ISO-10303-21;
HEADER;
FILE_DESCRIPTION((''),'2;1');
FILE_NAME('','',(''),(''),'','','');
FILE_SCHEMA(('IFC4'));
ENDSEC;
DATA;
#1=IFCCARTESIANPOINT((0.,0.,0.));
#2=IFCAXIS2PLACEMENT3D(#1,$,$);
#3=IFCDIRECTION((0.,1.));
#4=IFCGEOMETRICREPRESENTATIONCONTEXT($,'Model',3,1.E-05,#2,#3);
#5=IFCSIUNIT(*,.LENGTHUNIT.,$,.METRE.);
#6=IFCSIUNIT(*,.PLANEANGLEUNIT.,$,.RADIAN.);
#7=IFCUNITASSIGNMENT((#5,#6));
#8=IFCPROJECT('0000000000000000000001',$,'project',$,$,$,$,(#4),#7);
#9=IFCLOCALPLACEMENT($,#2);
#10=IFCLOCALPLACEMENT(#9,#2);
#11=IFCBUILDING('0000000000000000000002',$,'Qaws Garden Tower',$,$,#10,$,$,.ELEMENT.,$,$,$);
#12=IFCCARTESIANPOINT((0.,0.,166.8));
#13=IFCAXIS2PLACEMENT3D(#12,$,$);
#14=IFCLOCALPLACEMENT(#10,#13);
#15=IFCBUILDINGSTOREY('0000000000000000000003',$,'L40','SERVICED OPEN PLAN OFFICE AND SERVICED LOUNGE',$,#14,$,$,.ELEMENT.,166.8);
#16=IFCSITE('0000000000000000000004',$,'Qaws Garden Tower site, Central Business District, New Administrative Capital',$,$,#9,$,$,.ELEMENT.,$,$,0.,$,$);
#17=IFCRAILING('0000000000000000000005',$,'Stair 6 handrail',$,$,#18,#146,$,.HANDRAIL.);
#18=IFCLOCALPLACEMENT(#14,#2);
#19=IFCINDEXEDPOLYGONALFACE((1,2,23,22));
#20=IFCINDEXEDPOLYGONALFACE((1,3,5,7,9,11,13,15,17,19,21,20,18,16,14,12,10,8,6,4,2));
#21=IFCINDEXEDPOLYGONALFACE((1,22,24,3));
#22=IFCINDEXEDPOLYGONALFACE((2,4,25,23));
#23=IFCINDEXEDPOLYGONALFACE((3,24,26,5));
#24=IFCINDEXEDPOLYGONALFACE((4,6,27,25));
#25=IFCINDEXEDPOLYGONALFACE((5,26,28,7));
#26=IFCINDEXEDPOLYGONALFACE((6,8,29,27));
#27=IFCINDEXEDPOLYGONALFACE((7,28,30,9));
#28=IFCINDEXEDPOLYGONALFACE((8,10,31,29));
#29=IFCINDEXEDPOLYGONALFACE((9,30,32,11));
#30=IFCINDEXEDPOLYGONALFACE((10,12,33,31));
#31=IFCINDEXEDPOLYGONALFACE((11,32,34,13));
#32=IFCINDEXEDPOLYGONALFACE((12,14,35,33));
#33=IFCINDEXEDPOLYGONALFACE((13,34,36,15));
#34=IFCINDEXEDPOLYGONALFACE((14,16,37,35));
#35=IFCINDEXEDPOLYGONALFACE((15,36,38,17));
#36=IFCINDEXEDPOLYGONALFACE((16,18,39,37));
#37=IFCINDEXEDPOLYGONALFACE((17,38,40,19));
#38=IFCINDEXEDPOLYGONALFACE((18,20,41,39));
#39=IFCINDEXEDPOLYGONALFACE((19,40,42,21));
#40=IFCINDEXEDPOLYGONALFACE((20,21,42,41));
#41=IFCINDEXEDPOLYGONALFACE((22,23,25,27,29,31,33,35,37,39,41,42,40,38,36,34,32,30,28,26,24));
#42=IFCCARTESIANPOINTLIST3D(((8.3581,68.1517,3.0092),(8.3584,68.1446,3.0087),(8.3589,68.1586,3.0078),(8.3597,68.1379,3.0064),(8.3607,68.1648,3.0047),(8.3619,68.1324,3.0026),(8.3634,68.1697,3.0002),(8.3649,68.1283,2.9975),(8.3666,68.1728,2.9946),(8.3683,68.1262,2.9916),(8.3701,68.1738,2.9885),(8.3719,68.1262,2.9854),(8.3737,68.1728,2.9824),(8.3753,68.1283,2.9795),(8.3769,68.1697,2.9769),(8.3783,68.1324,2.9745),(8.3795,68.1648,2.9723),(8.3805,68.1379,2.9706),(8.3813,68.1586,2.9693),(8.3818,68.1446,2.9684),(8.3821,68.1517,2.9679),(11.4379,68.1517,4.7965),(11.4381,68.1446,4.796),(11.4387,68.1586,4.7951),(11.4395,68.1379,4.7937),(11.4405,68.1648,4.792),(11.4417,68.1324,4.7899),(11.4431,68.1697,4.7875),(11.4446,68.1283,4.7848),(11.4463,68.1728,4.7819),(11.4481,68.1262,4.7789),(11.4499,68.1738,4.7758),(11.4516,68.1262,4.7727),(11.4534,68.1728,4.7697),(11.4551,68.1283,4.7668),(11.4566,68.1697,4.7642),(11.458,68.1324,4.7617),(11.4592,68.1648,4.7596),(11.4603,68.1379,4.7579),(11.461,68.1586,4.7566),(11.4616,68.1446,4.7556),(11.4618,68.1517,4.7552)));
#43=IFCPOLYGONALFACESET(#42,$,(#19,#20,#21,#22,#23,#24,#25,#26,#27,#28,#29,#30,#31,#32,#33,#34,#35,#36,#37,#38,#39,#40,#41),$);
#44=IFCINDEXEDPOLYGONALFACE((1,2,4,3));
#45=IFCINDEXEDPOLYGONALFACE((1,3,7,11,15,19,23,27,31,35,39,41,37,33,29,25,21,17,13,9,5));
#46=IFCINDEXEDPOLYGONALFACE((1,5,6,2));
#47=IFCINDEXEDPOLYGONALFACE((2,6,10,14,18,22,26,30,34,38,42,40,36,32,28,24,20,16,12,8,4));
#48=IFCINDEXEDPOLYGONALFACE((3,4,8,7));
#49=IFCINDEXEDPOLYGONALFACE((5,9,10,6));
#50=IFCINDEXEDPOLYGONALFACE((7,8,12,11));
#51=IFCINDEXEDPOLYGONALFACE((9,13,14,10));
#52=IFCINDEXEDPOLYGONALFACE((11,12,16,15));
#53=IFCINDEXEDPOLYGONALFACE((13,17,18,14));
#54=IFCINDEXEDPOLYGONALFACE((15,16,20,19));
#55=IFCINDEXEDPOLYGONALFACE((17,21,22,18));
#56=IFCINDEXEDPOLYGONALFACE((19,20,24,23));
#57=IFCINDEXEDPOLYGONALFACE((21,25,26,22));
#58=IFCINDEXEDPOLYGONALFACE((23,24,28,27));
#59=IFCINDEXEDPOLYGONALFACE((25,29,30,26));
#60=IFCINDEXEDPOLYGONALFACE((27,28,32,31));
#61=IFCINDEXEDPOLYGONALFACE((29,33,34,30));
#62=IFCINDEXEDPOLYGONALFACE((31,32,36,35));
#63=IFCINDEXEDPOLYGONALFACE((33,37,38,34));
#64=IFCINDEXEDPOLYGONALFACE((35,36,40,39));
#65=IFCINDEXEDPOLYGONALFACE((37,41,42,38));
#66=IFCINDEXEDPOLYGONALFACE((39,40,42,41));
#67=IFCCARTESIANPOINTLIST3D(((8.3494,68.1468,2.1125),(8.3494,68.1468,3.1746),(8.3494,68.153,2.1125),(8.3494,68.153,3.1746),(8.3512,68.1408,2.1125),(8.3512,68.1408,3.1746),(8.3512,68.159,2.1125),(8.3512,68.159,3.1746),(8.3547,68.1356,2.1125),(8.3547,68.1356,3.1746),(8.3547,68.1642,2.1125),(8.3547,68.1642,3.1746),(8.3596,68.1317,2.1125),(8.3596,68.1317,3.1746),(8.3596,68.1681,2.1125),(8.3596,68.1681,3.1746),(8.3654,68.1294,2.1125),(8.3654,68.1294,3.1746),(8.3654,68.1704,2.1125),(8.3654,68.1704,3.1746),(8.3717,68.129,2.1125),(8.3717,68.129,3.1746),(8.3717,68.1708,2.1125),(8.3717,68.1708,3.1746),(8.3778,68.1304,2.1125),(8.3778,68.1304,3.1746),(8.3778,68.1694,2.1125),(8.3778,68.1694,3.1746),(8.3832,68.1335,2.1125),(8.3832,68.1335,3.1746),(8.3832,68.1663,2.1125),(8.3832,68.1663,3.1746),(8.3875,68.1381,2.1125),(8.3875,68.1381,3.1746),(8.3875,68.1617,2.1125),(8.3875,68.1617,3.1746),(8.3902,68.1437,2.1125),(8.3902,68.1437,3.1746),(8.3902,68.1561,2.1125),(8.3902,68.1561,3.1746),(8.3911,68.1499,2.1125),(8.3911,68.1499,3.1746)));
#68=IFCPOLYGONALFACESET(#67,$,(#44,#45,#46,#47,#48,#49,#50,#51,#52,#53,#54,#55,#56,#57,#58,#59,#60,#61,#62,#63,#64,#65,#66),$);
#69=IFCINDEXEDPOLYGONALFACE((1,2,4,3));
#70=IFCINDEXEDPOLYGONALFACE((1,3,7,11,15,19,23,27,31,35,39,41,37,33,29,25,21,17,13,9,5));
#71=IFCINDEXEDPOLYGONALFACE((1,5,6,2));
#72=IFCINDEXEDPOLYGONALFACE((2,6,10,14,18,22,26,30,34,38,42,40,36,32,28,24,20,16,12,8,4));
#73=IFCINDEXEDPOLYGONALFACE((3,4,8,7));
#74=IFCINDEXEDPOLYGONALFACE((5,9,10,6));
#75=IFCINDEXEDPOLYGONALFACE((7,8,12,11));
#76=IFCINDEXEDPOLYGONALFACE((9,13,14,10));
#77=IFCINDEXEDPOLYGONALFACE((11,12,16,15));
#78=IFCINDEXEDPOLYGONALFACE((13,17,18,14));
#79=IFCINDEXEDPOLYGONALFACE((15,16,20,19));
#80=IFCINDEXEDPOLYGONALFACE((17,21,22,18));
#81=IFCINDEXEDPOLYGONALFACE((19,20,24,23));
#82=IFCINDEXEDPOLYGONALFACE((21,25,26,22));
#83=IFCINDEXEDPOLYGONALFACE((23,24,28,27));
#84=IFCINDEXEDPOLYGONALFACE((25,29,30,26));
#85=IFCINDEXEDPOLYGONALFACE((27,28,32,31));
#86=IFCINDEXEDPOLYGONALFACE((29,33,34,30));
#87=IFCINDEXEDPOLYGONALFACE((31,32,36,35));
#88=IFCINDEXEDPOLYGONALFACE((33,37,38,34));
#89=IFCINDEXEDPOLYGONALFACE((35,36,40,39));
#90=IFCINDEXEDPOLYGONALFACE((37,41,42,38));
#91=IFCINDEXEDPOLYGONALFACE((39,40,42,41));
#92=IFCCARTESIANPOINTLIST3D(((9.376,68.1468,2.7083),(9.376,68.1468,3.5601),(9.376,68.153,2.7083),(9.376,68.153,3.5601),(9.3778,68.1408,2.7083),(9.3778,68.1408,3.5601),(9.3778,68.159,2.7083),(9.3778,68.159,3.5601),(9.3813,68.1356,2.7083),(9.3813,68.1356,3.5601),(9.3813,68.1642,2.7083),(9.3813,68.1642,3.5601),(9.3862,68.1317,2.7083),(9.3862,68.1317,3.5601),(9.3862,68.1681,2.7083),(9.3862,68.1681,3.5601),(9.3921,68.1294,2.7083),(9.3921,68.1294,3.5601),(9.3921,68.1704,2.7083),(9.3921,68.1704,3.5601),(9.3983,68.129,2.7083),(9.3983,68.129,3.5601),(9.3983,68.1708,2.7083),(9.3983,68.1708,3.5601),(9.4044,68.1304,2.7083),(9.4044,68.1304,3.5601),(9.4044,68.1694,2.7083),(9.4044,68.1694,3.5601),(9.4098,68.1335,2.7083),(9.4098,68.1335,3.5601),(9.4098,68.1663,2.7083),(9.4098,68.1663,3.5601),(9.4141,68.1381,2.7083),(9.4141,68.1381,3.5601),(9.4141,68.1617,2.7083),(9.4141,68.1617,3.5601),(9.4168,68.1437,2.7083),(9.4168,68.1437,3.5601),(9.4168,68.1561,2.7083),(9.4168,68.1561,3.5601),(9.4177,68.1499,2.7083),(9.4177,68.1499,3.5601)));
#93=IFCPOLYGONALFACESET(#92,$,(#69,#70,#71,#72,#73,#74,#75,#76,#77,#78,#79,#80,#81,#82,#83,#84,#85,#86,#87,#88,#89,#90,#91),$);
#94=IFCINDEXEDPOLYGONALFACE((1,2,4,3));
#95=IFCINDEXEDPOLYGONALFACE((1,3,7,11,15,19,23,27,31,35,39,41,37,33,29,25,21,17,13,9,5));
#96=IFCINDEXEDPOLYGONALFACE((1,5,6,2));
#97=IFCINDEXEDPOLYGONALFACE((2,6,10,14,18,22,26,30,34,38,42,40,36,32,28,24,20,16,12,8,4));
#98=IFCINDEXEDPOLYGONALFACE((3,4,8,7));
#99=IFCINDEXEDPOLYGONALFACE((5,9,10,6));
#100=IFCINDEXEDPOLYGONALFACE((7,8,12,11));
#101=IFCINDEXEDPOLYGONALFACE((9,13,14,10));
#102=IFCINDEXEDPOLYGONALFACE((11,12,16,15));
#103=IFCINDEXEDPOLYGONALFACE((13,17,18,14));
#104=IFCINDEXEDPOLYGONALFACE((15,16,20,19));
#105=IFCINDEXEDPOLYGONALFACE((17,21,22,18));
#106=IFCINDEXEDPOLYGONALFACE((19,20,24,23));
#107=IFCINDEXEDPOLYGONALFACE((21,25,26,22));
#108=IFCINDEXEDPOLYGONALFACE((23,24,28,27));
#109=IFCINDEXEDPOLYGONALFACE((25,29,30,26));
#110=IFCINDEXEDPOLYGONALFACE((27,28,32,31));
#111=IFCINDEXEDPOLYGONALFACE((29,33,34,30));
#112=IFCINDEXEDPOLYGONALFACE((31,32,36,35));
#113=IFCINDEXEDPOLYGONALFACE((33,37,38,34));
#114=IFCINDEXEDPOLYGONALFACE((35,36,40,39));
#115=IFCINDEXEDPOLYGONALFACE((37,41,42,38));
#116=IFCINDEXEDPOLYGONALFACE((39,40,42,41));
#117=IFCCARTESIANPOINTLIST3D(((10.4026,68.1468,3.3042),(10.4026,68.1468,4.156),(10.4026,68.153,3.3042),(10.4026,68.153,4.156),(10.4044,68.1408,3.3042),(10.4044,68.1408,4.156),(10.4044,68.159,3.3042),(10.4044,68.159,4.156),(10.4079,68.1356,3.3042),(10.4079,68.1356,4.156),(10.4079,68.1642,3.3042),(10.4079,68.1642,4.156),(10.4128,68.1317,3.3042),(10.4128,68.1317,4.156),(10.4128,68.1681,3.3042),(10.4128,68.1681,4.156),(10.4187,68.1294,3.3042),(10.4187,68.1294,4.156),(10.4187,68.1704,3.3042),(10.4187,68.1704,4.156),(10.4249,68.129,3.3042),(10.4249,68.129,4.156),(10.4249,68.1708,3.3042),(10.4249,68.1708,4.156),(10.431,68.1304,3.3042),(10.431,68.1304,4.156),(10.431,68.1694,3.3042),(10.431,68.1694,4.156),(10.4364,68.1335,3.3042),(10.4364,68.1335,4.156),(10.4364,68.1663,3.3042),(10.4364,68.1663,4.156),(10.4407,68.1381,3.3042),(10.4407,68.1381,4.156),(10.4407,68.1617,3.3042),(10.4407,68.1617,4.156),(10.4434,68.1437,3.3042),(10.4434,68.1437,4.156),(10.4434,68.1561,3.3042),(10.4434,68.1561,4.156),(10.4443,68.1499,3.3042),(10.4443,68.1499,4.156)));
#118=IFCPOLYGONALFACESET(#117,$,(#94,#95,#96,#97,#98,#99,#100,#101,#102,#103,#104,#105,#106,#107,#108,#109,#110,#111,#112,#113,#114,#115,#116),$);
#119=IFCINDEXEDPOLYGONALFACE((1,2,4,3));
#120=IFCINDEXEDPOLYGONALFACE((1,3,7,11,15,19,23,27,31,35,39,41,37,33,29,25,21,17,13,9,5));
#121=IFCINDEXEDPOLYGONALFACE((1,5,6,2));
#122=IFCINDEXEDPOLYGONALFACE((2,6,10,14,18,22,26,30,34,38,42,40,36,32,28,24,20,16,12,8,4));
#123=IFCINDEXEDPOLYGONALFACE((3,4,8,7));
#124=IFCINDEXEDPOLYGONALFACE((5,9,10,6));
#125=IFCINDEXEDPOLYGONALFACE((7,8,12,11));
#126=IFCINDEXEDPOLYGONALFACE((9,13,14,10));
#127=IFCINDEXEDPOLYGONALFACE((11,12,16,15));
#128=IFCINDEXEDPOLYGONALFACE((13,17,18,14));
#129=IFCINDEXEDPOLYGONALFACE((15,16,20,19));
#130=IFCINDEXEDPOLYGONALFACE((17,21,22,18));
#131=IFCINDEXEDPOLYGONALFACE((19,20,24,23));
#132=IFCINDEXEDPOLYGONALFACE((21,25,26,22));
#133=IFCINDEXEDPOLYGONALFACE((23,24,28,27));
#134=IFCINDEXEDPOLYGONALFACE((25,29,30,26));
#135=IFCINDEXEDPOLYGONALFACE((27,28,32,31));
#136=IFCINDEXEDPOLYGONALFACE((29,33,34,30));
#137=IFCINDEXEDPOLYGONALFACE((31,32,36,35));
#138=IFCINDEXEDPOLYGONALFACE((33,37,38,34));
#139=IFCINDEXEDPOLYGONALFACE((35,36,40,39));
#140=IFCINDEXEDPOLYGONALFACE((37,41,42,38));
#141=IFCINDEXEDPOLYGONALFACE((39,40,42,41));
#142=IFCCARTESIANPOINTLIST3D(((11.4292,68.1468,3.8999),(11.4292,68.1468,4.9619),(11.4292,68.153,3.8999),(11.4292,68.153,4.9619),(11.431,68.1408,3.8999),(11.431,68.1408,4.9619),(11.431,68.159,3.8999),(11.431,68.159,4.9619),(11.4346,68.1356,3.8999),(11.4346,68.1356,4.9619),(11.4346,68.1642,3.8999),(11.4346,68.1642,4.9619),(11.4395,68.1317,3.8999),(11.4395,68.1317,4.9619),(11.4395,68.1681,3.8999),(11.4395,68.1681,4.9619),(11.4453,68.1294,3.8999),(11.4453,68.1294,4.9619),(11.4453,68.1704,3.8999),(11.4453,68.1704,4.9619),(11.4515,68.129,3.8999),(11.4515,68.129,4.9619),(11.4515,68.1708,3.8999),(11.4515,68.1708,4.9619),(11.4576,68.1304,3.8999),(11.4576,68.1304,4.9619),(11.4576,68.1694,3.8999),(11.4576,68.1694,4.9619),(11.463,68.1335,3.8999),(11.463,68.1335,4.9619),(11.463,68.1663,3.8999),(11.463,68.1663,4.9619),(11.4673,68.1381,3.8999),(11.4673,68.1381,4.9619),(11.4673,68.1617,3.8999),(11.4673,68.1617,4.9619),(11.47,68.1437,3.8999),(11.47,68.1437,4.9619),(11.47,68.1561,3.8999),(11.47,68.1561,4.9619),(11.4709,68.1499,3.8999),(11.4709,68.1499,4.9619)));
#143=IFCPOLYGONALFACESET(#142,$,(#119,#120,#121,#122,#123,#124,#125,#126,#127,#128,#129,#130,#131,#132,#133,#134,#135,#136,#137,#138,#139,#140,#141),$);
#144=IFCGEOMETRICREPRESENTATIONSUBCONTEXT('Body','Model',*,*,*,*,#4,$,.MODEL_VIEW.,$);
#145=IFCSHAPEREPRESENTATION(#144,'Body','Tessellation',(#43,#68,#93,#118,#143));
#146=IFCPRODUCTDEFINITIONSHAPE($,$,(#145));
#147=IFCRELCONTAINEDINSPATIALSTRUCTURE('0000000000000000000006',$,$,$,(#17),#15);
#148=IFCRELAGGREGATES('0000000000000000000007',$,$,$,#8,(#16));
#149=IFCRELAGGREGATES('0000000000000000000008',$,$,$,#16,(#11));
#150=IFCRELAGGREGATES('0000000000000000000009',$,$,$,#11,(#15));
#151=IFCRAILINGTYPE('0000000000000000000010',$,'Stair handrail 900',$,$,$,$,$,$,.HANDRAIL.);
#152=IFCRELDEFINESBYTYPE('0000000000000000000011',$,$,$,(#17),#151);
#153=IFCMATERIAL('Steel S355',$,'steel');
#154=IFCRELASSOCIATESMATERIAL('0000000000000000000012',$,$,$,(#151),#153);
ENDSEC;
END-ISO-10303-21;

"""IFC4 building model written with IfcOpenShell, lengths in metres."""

from ifc_helpers import new_model, si_unit, direction, frame, origin, origin_2d, place, context, subcontext, project, spatial, circle, extrude, material, type_object, element, save


model = new_model("IFC4")

# Units and contexts
model_context = context("Model", 3, precision=1e-05, world=origin(), true_north=direction((0.0, 1.0)))
body_context = subcontext(model_context, "Body", "Model", "MODEL_VIEW")
ifc_project = project(units=[si_unit("LENGTHUNIT", "METRE"), si_unit("PLANEANGLEUNIT", "RADIAN")], contexts=[model_context])

# Site, building, storey
site_placement = place(None, origin())
site = spatial("IfcSite", under=ifc_project, at=site_placement, Name="Qaws Garden Tower site, Central Business District, New Administrative Capital", CompositionType="ELEMENT", RefElevation=0.0)
building_placement = place(site_placement, origin())
building = spatial("IfcBuilding", under=site, at=building_placement, Name="Qaws Garden Tower", CompositionType="ELEMENT")
storey_placement = place(building_placement, frame((0.0, 0.0, 166.8)))
storey = spatial("IfcBuildingStorey", under=building, at=storey_placement, Name="L40", Description="SERVICED OPEN PLAN OFFICE AND SERVICED LOUNGE", CompositionType="ELEMENT", Elevation=166.8)

# Railing
ifc_material_1 = material(Name="Steel S355", Category="steel")
railing_type = type_object("IfcRailingType", Name="Stair handrail 900", PredefinedType="HANDRAIL", material=ifc_material_1)
railing_1_placement = place(storey_placement, frame((8.3701, 68.1499, 2.1125)))
element("IfcRailing", 1, at=railing_1_placement, inside=storey, type_object=railing_type, Name="Stair 6 handrail", PredefinedType="HANDRAIL", context=body_context, shape_type="SweptSolid", body=[
    extrude(circle(Radius=0.0239, at=origin_2d()), frame((0.0, 0.0, 0.876), z_axis=(0.864903, 0.0, 0.501939), x_axis=(0.0, 1.0, 0.0)), (0.0, 0.0, 1.0), 3.5608),
    extrude(circle(Radius=0.021, at=origin_2d()), origin(), (0.0, 0.0, 1.0), 1.062),
    extrude(circle(Radius=0.021, at=origin_2d()), frame((1.0266, 0.0, 0.5957)), (0.0, 0.0, 1.0), 0.8518),
    extrude(circle(Radius=0.021, at=origin_2d()), frame((2.0532, 0.0, 1.1917)), (0.0, 0.0, 1.0), 0.8518),
    extrude(circle(Radius=0.021, at=origin_2d()), frame((3.0798, 0.0, 1.7874)), (0.0, 0.0, 1.0), 1.062),
])

save(model, "model.ifc")
